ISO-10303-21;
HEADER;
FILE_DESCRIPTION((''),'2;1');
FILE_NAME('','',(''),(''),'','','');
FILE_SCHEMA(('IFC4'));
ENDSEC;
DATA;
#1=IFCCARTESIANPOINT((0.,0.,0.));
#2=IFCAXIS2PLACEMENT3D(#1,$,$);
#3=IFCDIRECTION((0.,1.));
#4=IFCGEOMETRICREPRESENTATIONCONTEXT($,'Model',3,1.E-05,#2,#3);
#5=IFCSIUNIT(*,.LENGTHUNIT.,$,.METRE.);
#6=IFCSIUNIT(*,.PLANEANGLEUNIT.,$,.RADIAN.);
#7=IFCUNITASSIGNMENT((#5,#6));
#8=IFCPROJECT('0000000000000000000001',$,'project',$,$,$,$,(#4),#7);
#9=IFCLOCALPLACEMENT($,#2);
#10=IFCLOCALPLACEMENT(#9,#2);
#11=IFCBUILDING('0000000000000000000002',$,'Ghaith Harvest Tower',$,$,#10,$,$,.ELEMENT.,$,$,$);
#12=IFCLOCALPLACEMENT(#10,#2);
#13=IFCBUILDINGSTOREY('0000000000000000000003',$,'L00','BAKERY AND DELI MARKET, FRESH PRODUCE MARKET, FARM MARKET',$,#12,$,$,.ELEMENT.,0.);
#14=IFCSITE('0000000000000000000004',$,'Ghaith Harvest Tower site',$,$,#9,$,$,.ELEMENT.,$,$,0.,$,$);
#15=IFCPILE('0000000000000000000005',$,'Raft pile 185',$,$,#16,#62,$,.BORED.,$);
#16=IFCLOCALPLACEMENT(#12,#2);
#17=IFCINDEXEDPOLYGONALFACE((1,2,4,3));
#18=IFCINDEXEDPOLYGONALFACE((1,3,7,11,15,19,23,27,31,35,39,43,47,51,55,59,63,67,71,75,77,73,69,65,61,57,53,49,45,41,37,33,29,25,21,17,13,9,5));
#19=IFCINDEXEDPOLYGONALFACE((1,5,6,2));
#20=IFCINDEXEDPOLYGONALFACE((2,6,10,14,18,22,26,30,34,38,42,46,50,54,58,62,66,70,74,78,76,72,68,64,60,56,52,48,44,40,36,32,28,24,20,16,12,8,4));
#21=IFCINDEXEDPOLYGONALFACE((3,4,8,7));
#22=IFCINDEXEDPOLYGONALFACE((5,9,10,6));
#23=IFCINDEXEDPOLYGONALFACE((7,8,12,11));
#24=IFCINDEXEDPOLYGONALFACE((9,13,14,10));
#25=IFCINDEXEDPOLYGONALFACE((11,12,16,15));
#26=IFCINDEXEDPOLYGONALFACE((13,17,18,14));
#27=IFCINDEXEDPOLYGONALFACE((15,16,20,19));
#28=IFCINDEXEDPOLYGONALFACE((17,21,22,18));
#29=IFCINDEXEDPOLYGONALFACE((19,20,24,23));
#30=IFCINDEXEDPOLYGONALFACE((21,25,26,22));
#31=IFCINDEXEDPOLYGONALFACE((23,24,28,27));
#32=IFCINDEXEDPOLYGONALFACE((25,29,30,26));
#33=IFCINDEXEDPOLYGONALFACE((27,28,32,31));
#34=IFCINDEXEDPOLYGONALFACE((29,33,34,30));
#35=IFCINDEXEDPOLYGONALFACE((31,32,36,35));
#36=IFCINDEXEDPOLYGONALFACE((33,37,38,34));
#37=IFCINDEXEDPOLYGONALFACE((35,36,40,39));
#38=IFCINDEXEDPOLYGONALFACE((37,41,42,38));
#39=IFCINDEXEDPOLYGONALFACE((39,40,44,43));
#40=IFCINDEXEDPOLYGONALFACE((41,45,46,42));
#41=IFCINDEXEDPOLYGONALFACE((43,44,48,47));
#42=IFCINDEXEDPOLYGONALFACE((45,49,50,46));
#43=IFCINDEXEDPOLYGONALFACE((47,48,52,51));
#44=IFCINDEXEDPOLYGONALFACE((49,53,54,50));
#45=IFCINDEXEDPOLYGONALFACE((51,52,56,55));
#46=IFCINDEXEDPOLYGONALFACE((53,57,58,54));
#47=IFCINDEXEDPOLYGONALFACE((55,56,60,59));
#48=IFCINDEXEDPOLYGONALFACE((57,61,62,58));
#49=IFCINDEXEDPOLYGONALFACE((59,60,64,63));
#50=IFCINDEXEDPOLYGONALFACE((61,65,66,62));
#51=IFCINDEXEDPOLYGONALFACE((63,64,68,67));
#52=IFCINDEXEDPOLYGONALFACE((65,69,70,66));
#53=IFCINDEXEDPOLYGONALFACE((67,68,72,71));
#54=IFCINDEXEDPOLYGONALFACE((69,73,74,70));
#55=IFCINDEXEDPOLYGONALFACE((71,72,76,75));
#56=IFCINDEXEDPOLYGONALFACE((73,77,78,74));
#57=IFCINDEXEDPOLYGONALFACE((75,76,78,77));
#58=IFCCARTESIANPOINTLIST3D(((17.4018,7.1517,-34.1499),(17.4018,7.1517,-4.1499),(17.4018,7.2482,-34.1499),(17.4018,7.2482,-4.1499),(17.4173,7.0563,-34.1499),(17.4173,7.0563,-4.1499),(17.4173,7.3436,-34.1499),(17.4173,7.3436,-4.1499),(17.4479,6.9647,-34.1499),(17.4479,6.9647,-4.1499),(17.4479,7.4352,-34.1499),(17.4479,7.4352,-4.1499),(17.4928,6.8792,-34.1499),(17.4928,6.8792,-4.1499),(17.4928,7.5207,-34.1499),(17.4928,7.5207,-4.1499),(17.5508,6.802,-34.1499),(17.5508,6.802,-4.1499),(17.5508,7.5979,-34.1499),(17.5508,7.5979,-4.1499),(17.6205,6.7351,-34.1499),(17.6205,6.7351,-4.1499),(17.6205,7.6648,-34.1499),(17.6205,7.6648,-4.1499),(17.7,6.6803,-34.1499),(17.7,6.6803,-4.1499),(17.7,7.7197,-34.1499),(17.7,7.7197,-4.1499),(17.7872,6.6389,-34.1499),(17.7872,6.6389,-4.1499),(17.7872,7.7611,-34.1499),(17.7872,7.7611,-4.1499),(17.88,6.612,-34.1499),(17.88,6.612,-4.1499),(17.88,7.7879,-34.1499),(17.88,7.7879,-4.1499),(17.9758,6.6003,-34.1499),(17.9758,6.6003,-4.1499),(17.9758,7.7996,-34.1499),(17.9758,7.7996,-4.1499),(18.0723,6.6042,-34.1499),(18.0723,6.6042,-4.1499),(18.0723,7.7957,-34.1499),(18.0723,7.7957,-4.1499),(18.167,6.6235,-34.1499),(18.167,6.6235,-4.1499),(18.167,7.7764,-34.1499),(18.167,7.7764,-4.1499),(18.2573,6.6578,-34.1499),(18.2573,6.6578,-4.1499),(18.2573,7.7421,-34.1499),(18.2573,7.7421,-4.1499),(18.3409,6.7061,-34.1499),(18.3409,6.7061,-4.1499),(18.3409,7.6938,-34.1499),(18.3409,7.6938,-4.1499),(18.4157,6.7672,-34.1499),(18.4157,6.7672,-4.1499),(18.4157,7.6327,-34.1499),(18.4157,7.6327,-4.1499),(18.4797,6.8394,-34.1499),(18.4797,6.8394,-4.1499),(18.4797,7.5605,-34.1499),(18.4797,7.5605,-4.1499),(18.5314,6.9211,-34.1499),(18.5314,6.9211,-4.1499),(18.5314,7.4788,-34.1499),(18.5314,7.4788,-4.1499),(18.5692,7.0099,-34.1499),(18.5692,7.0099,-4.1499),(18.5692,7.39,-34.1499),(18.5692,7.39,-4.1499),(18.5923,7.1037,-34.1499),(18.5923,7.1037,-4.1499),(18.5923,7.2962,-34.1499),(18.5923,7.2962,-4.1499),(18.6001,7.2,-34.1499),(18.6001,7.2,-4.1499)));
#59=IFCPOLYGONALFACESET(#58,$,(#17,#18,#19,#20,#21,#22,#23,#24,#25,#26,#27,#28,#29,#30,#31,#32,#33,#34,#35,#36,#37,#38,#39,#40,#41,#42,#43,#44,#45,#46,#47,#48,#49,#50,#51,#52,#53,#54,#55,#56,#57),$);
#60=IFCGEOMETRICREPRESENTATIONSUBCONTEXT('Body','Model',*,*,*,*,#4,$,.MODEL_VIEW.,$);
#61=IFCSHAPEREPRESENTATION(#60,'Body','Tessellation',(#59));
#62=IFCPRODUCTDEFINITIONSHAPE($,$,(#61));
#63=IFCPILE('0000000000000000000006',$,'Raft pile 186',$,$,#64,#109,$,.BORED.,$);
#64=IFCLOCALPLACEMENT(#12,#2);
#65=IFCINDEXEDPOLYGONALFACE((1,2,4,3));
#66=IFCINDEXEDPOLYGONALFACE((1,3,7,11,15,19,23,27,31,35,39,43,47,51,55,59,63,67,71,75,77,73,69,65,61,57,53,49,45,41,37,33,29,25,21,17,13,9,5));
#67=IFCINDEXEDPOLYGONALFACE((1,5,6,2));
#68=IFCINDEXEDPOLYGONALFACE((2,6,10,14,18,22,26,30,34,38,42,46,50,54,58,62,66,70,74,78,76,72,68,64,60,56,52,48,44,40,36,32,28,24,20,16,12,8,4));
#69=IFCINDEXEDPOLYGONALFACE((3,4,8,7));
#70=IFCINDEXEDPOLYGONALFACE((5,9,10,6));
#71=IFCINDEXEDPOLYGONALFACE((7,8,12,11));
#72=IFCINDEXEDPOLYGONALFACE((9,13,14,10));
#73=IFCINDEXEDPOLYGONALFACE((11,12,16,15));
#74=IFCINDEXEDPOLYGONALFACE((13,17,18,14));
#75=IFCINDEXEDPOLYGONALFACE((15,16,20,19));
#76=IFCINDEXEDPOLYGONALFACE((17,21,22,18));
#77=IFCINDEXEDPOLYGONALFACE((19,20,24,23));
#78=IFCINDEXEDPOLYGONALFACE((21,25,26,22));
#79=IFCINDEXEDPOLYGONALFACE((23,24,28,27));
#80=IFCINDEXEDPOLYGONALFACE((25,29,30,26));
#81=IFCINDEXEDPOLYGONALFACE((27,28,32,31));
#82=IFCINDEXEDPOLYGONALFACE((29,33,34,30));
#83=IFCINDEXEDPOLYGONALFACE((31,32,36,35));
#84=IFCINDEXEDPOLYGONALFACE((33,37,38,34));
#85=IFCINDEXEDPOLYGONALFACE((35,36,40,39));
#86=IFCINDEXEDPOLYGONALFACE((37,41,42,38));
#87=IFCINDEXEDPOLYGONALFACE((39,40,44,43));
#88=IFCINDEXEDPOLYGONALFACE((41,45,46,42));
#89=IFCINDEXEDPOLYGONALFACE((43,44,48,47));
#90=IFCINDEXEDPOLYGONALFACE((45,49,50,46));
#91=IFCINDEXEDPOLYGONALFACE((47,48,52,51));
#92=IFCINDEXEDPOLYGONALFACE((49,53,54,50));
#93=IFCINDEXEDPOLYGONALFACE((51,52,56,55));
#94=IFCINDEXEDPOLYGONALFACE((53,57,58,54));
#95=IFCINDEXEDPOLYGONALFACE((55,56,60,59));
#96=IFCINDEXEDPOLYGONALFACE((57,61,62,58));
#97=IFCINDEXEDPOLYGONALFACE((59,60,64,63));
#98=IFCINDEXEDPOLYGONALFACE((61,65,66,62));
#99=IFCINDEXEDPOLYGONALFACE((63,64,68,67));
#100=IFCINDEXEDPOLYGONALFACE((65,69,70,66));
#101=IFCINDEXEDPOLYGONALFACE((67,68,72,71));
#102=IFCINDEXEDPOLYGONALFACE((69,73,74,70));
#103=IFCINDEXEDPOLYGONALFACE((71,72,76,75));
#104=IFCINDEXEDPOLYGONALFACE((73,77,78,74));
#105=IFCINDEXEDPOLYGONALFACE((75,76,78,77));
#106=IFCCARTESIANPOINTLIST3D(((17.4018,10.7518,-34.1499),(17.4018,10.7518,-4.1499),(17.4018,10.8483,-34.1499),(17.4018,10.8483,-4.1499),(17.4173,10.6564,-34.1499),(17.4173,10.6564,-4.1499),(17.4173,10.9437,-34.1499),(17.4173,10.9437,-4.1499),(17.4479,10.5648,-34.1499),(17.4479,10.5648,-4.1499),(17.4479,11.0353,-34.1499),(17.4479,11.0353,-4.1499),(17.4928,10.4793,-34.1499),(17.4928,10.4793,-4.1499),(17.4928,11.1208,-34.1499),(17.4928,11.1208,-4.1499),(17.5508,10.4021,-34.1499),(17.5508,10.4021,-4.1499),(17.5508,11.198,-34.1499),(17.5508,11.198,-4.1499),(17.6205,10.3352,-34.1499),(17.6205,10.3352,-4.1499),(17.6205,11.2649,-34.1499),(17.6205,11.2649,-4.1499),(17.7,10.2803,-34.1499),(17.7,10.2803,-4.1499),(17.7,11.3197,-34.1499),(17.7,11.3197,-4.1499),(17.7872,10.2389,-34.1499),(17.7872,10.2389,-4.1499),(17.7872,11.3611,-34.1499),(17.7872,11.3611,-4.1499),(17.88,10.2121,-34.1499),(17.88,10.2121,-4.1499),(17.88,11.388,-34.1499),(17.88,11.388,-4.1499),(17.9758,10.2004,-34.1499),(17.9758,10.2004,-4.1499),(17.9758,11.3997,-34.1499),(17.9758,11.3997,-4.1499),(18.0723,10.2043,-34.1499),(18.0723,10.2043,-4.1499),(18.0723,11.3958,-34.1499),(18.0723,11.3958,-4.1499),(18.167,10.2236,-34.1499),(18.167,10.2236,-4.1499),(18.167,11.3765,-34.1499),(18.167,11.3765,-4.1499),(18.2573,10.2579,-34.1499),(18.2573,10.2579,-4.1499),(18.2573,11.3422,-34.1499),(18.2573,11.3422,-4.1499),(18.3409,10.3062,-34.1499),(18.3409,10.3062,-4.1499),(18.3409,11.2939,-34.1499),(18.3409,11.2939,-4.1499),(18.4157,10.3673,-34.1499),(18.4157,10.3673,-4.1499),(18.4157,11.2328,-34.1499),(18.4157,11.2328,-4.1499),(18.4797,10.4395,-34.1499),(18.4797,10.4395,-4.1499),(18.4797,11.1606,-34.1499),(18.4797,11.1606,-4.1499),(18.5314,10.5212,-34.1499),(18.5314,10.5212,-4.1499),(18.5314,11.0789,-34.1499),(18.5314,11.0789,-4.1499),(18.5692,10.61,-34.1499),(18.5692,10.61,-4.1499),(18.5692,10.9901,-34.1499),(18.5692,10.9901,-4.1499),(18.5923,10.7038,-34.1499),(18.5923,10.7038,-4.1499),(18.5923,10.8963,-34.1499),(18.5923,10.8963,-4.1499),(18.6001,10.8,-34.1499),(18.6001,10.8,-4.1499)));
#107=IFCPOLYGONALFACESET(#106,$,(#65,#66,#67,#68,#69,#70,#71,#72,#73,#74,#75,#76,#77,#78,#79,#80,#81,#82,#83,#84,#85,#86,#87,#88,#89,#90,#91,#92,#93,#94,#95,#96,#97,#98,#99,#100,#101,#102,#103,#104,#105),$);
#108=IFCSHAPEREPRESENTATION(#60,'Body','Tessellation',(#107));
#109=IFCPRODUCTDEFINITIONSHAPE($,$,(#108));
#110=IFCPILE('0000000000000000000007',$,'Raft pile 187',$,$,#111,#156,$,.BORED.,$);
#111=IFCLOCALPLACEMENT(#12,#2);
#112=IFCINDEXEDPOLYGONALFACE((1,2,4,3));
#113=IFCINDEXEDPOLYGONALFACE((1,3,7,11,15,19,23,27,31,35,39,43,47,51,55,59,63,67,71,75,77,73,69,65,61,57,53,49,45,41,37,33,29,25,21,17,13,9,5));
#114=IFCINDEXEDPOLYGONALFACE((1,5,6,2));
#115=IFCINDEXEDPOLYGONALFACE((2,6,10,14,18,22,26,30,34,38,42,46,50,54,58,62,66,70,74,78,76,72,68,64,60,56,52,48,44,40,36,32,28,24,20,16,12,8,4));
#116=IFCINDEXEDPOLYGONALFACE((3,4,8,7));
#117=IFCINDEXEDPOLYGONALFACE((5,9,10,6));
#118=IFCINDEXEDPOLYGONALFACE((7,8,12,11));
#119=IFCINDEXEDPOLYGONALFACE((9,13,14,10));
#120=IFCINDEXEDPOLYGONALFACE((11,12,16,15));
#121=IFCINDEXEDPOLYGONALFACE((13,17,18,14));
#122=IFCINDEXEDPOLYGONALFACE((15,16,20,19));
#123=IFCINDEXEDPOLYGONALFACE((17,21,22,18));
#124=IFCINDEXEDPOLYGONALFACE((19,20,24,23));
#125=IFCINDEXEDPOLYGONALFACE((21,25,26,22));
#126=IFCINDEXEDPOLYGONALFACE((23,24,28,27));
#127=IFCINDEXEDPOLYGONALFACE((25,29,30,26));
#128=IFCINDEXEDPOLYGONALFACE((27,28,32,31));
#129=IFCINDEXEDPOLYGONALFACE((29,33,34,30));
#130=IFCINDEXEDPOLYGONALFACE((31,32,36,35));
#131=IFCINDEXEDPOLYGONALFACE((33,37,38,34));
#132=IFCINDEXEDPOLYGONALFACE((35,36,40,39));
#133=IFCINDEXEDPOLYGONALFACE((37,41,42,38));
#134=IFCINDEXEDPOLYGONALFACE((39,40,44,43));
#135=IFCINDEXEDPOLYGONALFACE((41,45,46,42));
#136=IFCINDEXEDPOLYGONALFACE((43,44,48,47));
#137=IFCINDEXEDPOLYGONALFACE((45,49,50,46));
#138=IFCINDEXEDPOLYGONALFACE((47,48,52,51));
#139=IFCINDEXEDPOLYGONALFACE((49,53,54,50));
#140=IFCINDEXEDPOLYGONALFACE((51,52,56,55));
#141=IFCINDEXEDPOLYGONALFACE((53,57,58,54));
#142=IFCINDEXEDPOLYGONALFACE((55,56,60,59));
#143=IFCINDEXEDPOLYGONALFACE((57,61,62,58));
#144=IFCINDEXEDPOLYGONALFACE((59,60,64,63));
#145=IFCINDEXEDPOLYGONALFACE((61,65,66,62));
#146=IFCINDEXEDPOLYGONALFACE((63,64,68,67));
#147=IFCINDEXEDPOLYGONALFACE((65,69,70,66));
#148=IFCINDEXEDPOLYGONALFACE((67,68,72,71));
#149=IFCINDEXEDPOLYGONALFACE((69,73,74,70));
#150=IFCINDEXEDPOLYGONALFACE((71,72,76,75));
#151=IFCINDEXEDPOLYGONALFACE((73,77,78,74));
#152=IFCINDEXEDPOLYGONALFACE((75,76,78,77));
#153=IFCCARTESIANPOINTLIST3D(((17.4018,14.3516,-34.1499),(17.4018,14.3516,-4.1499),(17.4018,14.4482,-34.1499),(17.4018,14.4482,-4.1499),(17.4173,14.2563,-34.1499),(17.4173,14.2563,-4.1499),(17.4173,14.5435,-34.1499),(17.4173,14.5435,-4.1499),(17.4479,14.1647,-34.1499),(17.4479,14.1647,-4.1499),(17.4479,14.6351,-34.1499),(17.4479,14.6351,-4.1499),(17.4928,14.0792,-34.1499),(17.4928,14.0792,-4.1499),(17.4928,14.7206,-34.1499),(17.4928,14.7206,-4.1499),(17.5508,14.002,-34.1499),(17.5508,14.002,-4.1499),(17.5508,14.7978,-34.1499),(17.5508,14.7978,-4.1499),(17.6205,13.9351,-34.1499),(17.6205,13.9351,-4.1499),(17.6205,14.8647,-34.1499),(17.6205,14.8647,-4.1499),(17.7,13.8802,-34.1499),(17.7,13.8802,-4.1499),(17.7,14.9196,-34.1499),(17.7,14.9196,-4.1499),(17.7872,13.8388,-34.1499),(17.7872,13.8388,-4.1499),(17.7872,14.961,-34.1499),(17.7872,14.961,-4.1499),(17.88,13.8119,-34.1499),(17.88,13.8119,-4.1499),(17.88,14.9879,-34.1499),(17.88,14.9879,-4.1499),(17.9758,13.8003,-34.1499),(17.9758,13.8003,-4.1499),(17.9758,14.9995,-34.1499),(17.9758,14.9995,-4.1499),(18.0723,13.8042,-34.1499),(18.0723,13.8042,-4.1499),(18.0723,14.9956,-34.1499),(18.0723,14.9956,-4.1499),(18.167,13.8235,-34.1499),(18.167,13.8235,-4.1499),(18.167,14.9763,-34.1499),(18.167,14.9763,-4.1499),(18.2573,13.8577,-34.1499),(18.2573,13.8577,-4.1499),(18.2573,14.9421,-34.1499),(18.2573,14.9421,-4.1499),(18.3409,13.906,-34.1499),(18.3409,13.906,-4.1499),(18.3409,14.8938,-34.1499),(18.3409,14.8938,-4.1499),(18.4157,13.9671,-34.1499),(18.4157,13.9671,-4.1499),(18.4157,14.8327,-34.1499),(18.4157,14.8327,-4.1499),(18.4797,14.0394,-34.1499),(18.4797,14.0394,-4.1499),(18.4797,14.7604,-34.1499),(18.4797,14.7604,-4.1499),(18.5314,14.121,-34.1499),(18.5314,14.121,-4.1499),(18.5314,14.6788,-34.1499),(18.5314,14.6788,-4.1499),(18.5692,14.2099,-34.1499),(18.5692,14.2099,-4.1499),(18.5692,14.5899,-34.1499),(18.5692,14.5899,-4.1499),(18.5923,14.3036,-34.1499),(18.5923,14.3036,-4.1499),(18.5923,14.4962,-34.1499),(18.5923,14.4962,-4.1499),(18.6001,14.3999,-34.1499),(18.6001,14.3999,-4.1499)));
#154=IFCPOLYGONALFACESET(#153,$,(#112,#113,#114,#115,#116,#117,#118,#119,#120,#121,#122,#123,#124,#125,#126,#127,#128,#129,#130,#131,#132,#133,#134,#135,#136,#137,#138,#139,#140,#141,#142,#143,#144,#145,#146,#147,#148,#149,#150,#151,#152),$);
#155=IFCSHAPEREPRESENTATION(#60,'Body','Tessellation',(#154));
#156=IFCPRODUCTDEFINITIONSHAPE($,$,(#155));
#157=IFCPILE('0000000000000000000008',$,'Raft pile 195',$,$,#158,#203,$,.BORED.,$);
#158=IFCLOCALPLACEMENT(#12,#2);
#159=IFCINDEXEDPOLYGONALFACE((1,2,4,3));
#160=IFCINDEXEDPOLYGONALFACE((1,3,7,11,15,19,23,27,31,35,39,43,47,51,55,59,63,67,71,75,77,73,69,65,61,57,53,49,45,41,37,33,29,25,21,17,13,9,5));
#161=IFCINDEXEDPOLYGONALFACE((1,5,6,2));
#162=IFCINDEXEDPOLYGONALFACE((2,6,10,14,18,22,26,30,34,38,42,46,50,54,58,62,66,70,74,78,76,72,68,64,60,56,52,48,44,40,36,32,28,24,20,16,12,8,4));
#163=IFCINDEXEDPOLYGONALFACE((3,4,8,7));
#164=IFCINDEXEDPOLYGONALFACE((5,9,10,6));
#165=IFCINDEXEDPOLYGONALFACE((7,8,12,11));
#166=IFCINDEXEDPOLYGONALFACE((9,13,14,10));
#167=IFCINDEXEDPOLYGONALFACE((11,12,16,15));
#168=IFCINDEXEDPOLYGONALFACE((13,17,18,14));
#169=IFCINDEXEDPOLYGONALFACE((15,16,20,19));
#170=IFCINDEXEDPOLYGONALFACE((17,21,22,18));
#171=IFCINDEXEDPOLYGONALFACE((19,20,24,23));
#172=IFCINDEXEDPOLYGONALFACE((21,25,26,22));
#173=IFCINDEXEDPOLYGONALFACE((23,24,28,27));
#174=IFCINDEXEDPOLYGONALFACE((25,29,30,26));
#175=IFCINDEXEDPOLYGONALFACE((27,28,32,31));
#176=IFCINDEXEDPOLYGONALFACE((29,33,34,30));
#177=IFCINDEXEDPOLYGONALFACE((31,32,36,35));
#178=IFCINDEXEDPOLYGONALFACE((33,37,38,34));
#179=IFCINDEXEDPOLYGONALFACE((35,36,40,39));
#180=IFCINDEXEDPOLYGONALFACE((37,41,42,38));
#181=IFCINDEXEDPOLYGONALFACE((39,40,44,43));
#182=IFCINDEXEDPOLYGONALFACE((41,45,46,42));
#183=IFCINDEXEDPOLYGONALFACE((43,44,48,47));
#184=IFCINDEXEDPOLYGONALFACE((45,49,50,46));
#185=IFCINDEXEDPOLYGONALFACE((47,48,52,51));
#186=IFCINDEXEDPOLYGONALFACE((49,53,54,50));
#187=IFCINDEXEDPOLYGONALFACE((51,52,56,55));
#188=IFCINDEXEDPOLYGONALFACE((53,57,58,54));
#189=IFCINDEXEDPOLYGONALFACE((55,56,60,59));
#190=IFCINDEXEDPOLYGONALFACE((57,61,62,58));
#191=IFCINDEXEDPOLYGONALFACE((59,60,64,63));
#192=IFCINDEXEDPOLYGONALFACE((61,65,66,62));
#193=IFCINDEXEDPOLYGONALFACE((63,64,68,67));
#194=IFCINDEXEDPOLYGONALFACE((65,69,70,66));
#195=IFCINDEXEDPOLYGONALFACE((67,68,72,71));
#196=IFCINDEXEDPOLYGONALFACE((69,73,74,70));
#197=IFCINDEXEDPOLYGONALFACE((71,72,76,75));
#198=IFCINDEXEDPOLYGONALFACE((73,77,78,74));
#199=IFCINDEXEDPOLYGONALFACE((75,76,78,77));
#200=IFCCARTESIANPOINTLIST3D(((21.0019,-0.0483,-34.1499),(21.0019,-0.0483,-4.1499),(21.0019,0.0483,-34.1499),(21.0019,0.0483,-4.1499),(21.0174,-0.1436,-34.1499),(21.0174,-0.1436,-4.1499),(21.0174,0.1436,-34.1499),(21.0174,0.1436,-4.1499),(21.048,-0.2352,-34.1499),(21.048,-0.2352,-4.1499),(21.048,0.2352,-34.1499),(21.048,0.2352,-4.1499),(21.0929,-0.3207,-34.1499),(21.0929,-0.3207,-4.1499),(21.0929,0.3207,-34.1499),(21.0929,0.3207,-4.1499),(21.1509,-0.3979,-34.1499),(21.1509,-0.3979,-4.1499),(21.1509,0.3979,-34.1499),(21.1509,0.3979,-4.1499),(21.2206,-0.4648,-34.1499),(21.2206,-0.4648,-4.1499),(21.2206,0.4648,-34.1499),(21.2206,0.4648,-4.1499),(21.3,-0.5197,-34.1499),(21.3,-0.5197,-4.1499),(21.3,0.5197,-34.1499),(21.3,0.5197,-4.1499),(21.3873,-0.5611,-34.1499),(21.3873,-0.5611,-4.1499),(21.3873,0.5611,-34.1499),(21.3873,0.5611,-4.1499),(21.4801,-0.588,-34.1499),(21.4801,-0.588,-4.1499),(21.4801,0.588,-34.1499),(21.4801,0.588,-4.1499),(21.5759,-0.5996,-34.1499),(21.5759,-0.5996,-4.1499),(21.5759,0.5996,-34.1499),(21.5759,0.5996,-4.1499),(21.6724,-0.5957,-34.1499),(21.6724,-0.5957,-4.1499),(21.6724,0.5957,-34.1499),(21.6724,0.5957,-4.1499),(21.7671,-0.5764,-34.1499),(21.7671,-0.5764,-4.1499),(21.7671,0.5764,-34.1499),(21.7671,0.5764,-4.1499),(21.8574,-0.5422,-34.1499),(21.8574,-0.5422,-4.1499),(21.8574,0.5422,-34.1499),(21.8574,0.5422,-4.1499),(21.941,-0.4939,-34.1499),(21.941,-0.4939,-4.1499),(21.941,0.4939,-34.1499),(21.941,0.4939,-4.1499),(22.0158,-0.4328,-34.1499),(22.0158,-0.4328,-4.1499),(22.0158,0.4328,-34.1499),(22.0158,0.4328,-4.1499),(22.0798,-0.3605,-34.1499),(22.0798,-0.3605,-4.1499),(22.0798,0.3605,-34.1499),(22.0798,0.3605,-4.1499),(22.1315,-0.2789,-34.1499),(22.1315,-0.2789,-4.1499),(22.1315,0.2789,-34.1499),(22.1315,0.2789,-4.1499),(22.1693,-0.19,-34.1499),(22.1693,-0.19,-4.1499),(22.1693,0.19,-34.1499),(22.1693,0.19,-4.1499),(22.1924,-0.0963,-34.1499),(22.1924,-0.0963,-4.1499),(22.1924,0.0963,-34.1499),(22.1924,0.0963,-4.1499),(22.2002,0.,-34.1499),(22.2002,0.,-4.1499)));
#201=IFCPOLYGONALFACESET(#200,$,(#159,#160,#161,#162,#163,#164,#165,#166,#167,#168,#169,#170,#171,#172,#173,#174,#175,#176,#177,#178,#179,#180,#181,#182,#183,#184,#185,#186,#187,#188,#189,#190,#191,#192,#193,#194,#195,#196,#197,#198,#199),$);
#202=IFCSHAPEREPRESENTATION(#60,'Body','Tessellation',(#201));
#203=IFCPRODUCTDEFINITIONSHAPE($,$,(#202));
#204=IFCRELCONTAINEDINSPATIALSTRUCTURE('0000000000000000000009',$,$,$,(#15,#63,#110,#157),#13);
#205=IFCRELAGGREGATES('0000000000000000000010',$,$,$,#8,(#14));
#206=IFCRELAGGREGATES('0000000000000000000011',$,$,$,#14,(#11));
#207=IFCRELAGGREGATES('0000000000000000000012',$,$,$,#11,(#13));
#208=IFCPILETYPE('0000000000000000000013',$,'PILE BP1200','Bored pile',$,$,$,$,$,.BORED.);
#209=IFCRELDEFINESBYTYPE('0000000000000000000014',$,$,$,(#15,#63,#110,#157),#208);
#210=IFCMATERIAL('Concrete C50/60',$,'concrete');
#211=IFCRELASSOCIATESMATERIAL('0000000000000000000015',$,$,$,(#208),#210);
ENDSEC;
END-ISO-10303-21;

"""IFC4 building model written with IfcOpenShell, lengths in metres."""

from ifc_helpers import new_model, si_unit, direction, frame, origin, origin_2d, place, context, subcontext, project, spatial, circle, extrude, material, material_profile, profile_set, type_object, element, save


model = new_model("IFC4")

# Units and contexts
model_context = context("Model", 3, precision=1e-05, world=origin(), true_north=direction((0.0, 1.0)))
body_context = subcontext(model_context, "Body", "Model", "MODEL_VIEW")
ifc_project = project(units=[si_unit("LENGTHUNIT", "METRE"), si_unit("PLANEANGLEUNIT", "RADIAN")], contexts=[model_context])

# Site, building, storey
site_placement = place(None, origin())
site = spatial("IfcSite", under=ifc_project, at=site_placement, Name="Ghaith Harvest Tower site", CompositionType="ELEMENT", RefElevation=0.0)
building_placement = place(site_placement, origin())
building = spatial("IfcBuilding", under=site, at=building_placement, Name="Ghaith Harvest Tower", CompositionType="ELEMENT")
storey_placement = place(building_placement, origin())
storey = spatial("IfcBuildingStorey", under=building, at=storey_placement, Name="L00", Description="BAKERY AND DELI MARKET, FRESH PRODUCE MARKET, FARM MARKET", CompositionType="ELEMENT", Elevation=0.0)

# Piles
ifc_material_1 = material(Name="Concrete C50/60", Category="concrete")
ifc_material_profile = material_profile(ifc_material_1, circle(Radius=0.6001, at=origin_2d()), Name="PILE1200")
ifc_profile_set = profile_set([ifc_material_profile], Name="Concrete C50/60")
pile_type = type_object("IfcPileType", Name="PILE BP1200", Description="Bored pile", PredefinedType="BORED", material=ifc_profile_set)
for number, where, z_axis, x_axis, name in (
    (1, (18.0, 7.2, -4.1499), (0.0, 0.0, -1.0), (1.0, 0.0, 0.0), "Raft pile 185"),
    (2, (18.0, 10.8, -4.1499), (0.0, 0.0, -1.0), (1.0, 0.0, 0.0), "Raft pile 186"),
    (3, (18.0, 14.3999, -4.1499), (0.0, 0.0, -1.0), (1.0, 0.0, 0.0), "Raft pile 187"),
    (4, (21.6001, 0.0, -4.1499), (0.0, 0.0, -1.0), (1.0, 0.0, 0.0), "Raft pile 195"),
):
    element("IfcPile", number, at=place(storey_placement, frame(where, z_axis=z_axis, x_axis=x_axis)), inside=storey, type_object=pile_type, Name=name, PredefinedType="BORED", context=body_context, shape_type="SweptSolid", body=[
        extrude(circle(Radius=0.6001, at=origin_2d()), origin(), (0.0, 0.0, 1.0), 30.0),
    ])

save(model, "model.ifc")
